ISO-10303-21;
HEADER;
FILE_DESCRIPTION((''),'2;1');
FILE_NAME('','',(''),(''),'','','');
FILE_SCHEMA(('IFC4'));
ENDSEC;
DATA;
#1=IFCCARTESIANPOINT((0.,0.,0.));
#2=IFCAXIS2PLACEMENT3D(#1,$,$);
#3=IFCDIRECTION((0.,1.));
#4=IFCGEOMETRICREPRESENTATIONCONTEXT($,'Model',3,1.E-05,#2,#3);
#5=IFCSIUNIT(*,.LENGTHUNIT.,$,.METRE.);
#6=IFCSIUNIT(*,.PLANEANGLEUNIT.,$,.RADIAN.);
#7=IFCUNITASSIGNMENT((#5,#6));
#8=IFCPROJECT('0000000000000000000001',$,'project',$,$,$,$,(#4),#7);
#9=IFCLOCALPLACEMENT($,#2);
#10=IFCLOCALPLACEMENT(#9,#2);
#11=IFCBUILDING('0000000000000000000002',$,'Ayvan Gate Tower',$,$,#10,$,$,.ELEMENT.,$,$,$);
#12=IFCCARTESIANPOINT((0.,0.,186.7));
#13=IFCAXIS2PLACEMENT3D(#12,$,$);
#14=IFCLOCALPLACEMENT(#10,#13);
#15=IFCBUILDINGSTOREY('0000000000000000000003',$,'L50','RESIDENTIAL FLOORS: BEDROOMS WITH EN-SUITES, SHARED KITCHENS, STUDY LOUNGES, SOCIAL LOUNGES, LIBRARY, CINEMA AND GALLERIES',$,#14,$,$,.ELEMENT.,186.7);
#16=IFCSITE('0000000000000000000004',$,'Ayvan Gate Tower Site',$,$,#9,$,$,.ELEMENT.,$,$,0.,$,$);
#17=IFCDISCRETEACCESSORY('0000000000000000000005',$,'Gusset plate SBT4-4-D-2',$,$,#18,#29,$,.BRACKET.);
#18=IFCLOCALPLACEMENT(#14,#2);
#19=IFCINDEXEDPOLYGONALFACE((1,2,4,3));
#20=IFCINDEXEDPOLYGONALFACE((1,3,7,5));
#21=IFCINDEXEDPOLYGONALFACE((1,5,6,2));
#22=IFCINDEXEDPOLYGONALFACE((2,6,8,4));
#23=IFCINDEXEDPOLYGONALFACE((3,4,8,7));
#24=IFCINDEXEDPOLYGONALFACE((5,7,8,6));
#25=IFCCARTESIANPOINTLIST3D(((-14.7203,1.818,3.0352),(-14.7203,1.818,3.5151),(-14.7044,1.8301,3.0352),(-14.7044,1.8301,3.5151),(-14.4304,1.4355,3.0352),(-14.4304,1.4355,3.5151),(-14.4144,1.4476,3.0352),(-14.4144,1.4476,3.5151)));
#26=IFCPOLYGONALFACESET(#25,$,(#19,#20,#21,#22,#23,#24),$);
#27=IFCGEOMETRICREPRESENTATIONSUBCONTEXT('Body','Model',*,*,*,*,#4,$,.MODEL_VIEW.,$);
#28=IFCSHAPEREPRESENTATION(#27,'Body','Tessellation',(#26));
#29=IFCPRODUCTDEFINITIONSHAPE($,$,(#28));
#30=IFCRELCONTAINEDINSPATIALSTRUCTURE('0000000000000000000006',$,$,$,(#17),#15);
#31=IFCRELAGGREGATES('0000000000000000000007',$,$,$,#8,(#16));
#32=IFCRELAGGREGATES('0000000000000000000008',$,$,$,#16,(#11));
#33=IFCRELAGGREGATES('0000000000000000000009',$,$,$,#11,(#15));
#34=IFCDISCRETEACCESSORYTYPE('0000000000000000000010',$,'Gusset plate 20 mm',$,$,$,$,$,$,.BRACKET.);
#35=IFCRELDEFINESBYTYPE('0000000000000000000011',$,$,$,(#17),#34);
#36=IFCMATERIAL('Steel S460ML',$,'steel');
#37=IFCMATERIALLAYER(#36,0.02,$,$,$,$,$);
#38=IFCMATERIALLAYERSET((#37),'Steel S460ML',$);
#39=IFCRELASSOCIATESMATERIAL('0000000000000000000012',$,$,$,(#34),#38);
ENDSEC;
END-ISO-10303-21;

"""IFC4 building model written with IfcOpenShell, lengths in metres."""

from ifc_helpers import new_model, si_unit, direction, frame, origin, origin_2d, place, context, subcontext, project, spatial, rectangle, extrude, material, layer, layer_set, type_object, element, save


model = new_model("IFC4")

# Units and contexts
model_context = context("Model", 3, precision=1e-05, world=origin(), true_north=direction((0.0, 1.0)))
body_context = subcontext(model_context, "Body", "Model", "MODEL_VIEW")
ifc_project = project(units=[si_unit("LENGTHUNIT", "METRE"), si_unit("PLANEANGLEUNIT", "RADIAN")], contexts=[model_context])

# Site, building, storey
site_placement = place(None, origin())
site = spatial("IfcSite", under=ifc_project, at=site_placement, Name="Ayvan Gate Tower Site", CompositionType="ELEMENT", RefElevation=0.0)
building_placement = place(site_placement, origin())
building = spatial("IfcBuilding", under=site, at=building_placement, Name="Ayvan Gate Tower", CompositionType="ELEMENT")
storey_placement = place(building_placement, frame((0.0, 0.0, 186.7)))
storey = spatial("IfcBuildingStorey", under=building, at=storey_placement, Name="L50", Description="RESIDENTIAL FLOORS: BEDROOMS WITH EN-SUITES, SHARED KITCHENS, STUDY LOUNGES, SOCIAL LOUNGES, LIBRARY, CINEMA AND GALLERIES", CompositionType="ELEMENT", Elevation=186.7)

# Discrete accessory
ifc_material_1 = material(Name="Steel S460ML", Category="steel")
ifc_layer_1 = layer(ifc_material_1, 0.02)
ifc_layer_set_1 = layer_set([ifc_layer_1], Name="Steel S460ML")
discrete_accessory_type = type_object("IfcDiscreteAccessoryType", Name="Gusset plate 20 mm", PredefinedType="BRACKET", material=ifc_layer_set_1)
discrete_accessory_placement = place(storey_placement, frame((-14.5674, 1.6328, 3.0352), z_axis=(0.0, 0.0, 1.0), x_axis=(-0.604022, 0.796968, 0.0)))
element("IfcDiscreteAccessory", 1, at=discrete_accessory_placement, inside=storey, type_object=discrete_accessory_type, Name="Gusset plate SBT4-4-D-2", PredefinedType="BRACKET", context=body_context, shape_type="SweptSolid", body=[
    extrude(rectangle(XDim=0.48, YDim=0.02, at=origin_2d()), origin(), (0.0, 0.0, 1.0), 0.48),
])

save(model, "model.ifc")
